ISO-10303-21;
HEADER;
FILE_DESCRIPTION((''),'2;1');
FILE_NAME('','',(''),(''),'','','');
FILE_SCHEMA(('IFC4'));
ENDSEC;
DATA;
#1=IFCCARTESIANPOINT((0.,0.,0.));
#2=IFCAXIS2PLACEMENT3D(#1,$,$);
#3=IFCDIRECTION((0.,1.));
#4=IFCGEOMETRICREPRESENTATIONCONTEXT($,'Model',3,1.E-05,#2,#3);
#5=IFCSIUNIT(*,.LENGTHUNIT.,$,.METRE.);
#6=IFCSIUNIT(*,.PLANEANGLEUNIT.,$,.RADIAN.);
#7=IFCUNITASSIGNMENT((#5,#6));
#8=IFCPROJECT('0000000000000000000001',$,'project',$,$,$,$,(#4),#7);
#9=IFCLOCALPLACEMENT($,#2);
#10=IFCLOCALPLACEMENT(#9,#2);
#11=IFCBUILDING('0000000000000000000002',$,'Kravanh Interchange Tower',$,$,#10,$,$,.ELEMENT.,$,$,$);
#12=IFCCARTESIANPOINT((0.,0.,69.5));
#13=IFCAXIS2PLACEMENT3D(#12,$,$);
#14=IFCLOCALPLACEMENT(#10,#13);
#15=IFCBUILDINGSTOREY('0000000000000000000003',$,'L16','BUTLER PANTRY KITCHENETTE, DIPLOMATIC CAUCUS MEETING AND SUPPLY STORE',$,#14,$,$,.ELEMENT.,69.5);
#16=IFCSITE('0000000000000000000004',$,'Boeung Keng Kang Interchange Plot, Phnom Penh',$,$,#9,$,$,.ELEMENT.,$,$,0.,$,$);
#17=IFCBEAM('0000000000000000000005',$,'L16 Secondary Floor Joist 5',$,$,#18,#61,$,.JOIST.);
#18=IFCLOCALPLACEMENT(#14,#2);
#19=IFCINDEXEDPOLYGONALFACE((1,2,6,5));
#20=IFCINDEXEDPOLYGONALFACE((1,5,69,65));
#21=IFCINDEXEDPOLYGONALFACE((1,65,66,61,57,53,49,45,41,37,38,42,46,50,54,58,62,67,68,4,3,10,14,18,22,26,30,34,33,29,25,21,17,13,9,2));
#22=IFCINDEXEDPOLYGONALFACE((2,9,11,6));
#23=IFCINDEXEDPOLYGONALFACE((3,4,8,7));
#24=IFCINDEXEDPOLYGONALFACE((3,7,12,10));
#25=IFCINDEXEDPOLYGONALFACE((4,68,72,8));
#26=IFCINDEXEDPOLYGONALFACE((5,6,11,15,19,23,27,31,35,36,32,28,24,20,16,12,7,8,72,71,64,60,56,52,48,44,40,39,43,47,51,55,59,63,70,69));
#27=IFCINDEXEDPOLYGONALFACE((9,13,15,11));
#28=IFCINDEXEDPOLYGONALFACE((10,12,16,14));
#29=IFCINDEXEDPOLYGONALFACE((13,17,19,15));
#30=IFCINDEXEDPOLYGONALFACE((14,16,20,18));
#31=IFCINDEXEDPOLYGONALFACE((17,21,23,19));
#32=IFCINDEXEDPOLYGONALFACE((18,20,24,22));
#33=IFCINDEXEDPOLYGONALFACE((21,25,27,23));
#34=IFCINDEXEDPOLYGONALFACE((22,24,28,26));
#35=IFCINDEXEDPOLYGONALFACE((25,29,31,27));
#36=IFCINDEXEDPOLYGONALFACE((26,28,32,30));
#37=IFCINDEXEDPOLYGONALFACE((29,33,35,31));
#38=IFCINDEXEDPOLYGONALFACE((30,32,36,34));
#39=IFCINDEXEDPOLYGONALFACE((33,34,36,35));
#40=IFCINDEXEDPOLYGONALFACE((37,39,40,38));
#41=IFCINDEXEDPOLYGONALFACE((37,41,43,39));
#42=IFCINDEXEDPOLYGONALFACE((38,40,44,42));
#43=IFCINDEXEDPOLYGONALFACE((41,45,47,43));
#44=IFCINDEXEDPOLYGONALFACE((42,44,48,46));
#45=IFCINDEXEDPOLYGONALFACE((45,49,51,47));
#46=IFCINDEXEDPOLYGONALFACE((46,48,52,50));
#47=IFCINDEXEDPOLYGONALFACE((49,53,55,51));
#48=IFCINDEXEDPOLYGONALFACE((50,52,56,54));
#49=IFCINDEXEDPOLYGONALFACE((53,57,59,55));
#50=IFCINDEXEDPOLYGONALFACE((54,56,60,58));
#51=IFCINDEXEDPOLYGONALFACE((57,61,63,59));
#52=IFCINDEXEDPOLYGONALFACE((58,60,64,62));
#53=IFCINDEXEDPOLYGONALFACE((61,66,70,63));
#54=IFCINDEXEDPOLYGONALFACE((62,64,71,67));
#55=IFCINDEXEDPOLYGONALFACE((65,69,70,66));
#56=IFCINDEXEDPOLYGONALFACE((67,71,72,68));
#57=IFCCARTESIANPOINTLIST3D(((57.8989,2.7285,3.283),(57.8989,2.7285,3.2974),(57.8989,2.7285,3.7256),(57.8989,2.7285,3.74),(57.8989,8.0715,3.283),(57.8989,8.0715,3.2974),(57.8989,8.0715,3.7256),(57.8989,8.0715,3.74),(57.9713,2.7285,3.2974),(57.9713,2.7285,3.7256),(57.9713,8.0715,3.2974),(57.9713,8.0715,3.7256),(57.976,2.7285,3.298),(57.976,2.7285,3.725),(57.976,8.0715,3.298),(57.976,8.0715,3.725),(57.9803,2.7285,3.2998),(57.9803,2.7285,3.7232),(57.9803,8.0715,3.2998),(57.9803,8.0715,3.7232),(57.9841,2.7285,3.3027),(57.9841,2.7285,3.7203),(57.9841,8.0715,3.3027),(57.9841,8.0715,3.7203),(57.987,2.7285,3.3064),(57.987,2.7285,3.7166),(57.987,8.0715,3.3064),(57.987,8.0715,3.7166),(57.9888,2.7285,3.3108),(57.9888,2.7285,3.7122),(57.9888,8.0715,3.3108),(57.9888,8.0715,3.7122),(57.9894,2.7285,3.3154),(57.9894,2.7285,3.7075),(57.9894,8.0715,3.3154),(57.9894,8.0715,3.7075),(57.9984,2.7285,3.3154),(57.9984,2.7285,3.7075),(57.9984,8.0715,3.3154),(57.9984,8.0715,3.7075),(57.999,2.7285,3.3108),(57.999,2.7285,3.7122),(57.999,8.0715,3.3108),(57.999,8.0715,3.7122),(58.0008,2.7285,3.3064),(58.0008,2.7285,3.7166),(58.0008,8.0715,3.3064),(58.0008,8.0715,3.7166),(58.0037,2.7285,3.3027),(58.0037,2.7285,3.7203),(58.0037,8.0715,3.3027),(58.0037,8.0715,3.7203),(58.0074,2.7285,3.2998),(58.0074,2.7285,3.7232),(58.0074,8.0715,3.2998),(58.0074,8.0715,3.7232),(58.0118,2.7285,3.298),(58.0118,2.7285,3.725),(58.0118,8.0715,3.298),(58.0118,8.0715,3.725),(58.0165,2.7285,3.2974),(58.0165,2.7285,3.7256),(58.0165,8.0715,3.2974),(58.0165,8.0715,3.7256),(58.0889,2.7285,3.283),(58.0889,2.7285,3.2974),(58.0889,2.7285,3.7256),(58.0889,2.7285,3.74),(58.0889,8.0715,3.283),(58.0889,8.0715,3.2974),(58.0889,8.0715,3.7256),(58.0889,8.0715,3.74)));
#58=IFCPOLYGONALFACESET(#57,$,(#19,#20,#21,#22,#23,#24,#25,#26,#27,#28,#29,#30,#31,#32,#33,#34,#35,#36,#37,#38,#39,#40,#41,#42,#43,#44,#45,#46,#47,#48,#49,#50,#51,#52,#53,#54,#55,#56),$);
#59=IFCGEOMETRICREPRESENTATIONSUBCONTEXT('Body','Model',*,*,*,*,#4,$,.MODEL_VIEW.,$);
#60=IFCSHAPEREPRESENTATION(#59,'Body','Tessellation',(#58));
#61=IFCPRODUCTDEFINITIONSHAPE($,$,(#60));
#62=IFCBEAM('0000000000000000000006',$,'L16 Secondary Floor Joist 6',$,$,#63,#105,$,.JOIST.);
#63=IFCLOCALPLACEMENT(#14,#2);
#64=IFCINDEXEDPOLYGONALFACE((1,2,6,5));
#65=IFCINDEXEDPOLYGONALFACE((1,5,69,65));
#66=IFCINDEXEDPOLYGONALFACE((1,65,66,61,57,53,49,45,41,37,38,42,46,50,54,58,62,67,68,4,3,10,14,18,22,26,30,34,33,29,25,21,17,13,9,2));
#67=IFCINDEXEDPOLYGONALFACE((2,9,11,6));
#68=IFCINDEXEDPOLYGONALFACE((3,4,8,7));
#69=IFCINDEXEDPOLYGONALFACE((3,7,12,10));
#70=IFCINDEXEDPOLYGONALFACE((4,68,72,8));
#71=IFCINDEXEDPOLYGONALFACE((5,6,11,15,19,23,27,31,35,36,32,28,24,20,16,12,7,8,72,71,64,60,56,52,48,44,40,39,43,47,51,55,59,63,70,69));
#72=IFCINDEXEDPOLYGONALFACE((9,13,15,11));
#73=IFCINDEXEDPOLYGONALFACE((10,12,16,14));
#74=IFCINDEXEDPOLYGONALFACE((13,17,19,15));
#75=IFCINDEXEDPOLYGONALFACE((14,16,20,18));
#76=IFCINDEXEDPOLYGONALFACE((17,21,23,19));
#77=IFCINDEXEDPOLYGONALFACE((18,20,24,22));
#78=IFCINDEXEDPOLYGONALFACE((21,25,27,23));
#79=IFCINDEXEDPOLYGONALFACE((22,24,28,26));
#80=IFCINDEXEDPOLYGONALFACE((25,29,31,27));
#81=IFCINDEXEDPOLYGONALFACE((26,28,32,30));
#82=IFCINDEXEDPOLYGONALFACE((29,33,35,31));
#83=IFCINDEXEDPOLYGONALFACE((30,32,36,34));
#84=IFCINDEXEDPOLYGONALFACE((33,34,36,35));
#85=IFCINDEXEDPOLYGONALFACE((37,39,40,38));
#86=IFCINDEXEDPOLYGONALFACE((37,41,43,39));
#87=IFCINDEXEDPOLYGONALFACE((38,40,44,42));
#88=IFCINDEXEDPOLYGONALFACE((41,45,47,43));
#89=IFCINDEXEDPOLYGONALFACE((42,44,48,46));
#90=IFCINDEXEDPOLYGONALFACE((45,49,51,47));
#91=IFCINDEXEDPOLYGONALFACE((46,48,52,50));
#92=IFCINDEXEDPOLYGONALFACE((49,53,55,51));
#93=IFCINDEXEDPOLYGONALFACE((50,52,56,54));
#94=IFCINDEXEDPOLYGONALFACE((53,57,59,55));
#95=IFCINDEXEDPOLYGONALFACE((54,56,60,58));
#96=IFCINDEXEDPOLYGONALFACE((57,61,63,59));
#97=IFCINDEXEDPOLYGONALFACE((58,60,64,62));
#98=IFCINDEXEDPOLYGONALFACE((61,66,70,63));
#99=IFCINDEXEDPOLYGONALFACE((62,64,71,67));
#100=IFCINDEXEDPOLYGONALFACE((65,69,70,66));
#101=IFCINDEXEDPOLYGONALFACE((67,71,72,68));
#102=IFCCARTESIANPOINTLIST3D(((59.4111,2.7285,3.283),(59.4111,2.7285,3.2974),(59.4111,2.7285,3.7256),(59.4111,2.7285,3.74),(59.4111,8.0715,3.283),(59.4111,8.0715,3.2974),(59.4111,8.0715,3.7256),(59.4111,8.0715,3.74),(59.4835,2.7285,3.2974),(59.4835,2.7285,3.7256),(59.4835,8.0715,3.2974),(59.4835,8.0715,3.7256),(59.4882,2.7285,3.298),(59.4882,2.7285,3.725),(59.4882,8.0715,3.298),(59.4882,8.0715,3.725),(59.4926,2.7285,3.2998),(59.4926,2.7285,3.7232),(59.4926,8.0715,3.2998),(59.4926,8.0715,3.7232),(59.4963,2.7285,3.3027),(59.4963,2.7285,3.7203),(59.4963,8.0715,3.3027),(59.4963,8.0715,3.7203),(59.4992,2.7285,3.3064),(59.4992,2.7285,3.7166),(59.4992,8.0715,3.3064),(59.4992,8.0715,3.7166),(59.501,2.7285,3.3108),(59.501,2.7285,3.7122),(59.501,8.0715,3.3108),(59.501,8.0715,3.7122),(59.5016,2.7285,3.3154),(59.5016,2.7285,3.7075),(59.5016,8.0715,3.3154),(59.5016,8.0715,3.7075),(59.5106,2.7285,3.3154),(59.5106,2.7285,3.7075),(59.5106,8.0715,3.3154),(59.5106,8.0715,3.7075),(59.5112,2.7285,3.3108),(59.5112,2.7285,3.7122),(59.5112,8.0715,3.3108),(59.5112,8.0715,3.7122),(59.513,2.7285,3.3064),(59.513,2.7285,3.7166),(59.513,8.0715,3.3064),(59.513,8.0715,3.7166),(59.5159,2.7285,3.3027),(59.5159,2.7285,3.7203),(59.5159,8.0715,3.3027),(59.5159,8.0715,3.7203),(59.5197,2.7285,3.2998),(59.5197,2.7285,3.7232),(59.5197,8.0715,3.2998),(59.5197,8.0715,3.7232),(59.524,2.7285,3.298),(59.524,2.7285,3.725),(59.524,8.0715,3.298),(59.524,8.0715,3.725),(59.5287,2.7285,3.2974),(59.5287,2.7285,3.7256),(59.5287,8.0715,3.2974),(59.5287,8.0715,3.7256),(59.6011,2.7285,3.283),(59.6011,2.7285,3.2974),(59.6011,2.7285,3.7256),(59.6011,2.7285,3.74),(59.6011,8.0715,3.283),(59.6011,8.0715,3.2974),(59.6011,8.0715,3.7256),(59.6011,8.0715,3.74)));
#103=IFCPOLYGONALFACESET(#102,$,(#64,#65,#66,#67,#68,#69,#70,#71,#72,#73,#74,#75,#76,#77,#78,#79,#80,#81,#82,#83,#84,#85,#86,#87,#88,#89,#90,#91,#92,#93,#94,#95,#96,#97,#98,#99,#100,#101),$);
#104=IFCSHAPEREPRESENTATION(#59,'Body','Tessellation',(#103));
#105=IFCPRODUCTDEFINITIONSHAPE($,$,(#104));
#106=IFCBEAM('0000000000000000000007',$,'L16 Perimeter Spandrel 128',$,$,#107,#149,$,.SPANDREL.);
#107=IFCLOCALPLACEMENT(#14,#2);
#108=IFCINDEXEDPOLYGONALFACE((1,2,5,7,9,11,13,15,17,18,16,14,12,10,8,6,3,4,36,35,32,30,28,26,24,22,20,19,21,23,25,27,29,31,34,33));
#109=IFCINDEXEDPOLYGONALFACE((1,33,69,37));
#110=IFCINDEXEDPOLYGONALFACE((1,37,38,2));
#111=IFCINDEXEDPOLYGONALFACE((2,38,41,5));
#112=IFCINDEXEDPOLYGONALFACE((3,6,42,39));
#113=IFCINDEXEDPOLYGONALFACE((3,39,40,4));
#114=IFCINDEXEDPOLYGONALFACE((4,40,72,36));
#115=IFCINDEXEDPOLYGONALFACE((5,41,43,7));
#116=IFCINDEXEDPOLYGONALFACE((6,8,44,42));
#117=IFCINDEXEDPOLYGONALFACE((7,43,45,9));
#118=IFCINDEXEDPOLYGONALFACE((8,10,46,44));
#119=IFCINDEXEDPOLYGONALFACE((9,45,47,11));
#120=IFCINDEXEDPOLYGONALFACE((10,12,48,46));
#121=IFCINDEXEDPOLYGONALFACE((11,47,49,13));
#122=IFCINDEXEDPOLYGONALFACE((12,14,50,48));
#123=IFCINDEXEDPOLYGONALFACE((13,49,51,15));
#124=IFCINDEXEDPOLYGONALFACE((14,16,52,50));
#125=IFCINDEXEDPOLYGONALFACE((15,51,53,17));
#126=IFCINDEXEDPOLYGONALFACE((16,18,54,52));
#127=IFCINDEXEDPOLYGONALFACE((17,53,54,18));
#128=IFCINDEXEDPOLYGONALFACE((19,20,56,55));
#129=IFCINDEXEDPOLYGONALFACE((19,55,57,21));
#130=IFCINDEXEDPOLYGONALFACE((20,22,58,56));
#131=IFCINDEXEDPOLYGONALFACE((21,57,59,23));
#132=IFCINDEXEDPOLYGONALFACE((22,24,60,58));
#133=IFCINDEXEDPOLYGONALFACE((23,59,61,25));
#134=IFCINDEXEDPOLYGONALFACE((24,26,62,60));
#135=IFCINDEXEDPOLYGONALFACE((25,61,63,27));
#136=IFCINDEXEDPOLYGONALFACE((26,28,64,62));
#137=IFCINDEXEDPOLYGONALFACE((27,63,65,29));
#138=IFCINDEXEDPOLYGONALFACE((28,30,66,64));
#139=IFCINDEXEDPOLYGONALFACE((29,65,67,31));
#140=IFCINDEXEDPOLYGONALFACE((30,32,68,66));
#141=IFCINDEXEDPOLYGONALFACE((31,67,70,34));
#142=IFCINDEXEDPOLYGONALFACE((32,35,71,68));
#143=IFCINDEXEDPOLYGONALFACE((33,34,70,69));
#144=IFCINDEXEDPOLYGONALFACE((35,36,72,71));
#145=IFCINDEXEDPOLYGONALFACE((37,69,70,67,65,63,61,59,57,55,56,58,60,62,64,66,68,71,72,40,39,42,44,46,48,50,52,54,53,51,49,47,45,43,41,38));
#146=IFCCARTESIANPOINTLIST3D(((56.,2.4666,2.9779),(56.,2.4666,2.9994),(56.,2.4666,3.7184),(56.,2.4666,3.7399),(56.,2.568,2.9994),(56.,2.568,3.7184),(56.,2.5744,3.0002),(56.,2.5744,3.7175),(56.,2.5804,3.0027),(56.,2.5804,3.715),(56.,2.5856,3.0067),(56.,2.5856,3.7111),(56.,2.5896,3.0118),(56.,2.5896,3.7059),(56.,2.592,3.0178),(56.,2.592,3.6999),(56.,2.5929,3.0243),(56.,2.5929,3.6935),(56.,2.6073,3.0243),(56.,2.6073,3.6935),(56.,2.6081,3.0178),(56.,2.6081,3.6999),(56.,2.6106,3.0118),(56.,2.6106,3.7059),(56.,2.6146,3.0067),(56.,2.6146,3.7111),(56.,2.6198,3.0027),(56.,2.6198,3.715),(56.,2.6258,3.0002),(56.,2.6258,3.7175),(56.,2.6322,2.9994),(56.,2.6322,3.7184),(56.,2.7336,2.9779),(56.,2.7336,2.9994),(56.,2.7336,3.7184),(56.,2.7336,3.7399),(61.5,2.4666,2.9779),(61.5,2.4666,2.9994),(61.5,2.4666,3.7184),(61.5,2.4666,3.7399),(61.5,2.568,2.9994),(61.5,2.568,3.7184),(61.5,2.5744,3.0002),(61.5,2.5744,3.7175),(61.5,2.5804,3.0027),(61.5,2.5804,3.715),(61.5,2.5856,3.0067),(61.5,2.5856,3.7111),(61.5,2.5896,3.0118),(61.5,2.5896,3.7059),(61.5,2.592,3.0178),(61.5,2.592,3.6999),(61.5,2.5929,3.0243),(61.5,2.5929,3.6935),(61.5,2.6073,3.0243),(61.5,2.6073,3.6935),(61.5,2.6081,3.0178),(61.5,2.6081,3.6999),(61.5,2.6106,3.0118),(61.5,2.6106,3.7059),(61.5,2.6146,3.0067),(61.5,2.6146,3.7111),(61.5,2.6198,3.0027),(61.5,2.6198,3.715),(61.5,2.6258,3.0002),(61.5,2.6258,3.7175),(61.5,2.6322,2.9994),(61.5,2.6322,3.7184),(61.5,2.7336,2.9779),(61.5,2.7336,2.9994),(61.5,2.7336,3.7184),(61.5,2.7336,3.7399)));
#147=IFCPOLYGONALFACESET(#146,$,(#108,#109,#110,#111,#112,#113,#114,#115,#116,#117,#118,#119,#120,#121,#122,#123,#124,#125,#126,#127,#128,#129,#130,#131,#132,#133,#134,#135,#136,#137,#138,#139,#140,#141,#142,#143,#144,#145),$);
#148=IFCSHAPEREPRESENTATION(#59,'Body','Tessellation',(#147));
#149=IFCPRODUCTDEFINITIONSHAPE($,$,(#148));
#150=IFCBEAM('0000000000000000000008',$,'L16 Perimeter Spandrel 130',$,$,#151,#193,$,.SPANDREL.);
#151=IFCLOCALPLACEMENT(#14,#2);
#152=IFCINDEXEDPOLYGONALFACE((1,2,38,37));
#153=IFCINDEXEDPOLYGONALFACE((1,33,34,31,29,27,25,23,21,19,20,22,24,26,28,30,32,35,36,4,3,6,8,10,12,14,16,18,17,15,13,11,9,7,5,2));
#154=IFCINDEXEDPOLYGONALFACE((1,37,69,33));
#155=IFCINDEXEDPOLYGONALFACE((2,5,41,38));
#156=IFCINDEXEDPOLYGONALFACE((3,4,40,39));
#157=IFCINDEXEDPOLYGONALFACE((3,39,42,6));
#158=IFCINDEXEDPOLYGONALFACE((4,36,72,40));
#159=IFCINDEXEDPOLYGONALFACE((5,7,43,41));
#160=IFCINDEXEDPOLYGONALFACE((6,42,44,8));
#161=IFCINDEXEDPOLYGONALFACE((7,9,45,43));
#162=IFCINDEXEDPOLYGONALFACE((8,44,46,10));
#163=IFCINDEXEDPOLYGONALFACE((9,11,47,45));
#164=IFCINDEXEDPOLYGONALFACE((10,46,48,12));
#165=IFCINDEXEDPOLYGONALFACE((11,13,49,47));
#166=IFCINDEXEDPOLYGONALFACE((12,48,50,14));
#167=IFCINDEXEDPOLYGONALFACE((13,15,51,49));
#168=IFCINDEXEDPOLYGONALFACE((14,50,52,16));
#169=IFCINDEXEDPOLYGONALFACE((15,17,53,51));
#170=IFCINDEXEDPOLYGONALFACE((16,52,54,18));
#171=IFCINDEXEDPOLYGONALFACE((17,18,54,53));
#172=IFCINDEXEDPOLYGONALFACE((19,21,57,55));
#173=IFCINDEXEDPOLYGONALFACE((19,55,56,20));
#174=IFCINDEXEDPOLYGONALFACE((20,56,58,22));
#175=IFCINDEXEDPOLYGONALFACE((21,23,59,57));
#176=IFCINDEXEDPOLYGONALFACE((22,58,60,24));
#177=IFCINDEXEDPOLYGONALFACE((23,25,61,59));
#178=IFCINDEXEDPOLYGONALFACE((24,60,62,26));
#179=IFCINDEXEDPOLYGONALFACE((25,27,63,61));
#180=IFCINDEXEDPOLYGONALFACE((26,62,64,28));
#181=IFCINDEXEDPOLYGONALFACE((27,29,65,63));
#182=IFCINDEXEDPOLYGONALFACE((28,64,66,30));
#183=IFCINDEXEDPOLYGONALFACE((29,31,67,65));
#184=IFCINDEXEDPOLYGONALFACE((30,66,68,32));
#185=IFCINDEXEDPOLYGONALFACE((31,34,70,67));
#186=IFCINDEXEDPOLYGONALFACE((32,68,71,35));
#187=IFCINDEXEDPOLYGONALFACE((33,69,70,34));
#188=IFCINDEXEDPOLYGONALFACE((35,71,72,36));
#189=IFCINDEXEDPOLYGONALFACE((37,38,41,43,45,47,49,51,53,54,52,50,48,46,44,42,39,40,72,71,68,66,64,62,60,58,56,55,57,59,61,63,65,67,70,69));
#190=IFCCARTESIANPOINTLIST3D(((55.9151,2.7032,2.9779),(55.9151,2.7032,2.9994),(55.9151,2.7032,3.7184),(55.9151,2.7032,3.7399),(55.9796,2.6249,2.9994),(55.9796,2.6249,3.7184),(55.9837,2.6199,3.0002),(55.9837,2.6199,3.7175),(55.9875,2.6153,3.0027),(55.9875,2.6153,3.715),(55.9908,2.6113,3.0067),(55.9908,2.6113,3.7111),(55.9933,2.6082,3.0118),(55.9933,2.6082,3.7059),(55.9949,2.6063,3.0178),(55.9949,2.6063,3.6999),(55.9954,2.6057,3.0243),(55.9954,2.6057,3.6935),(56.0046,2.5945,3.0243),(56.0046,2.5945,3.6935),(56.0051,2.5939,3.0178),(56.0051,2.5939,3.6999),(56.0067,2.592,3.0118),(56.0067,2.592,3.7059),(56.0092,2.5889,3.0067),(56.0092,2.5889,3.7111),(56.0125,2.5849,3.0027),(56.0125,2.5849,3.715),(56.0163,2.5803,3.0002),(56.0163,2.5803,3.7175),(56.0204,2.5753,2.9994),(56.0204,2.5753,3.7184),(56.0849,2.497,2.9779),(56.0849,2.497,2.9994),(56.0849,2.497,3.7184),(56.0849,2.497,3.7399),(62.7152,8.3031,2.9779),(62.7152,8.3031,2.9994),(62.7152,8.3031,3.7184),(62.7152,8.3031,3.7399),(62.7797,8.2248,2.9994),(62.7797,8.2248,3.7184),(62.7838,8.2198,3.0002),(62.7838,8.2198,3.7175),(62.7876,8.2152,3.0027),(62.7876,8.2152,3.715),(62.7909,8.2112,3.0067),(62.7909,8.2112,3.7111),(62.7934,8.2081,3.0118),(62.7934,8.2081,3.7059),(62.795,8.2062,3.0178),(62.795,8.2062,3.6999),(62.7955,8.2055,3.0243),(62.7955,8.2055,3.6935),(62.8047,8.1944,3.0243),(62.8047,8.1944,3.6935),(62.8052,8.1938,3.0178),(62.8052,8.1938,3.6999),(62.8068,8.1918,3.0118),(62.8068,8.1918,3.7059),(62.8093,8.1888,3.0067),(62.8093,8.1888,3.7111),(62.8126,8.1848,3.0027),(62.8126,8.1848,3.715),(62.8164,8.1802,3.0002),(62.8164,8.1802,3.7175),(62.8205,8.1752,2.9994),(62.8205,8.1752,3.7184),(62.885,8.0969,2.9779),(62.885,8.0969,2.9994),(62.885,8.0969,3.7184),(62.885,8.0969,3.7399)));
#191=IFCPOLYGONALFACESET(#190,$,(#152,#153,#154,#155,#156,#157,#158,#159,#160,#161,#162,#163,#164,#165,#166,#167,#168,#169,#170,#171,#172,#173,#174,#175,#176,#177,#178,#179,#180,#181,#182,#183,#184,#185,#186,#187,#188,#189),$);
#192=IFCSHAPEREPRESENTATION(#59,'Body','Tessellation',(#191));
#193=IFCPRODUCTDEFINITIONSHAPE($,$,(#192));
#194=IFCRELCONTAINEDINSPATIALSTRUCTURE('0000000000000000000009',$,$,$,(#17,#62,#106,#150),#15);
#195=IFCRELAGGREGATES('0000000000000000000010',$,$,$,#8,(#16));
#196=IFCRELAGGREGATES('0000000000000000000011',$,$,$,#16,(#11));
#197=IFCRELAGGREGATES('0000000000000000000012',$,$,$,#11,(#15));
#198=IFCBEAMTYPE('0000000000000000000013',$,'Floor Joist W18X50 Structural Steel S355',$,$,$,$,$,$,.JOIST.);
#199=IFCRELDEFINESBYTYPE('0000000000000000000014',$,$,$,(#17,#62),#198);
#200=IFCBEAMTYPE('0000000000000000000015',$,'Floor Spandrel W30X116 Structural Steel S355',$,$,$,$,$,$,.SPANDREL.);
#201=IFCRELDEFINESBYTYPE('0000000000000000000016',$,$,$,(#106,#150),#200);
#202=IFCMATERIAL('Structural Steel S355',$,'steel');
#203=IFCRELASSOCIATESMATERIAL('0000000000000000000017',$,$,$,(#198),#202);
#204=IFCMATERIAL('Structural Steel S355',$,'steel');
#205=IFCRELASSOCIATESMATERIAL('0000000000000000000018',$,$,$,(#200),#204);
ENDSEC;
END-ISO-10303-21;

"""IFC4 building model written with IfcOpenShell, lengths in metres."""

from ifc_helpers import new_model, si_unit, direction, frame, origin, origin_2d, place, context, subcontext, project, spatial, i_section, extrude, material, material_profile, profile_set, type_object, element, save


model = new_model("IFC4")

# Units and contexts
model_context = context("Model", 3, precision=1e-05, world=origin(), true_north=direction((0.0, 1.0)))
body_context = subcontext(model_context, "Body", "Model", "MODEL_VIEW")
ifc_project = project(units=[si_unit("LENGTHUNIT", "METRE"), si_unit("PLANEANGLEUNIT", "RADIAN")], contexts=[model_context])

# Site, building, storey
site_placement = place(None, origin())
site = spatial("IfcSite", under=ifc_project, at=site_placement, Name="Boeung Keng Kang Interchange Plot, Phnom Penh", CompositionType="ELEMENT", RefElevation=0.0)
building_placement = place(site_placement, origin())
building = spatial("IfcBuilding", under=site, at=building_placement, Name="Kravanh Interchange Tower", CompositionType="ELEMENT")
storey_placement = place(building_placement, frame((0.0, 0.0, 69.5)))
storey = spatial("IfcBuildingStorey", under=building, at=storey_placement, Name="L16", Description="BUTLER PANTRY KITCHENETTE, DIPLOMATIC CAUCUS MEETING AND SUPPLY STORE", CompositionType="ELEMENT", Elevation=69.5)

# Beams
ifc_material_1 = material(Name="Structural Steel S355", Category="steel")
ifc_material_profile_1 = material_profile(ifc_material_1, i_section(OverallWidth=0.1899, OverallDepth=0.457, WebThickness=0.009, FlangeThickness=0.0144, FilletRadius=0.0181, at=origin_2d()), Name="W18X50")
ifc_profile_set_1 = profile_set([ifc_material_profile_1], Name="Structural Steel S355")
beam_type_1 = type_object("IfcBeamType", Name="Floor Joist W18X50 Structural Steel S355", PredefinedType="JOIST", material=ifc_profile_set_1)
for number, where, z_axis, x_axis, name in (
    (1, (57.9939, 2.7285, 3.5115), (0.0, 1.0, 0.0), (-1.0, 0.0, 0.0), "L16 Secondary Floor Joist 5"),
    (2, (59.5061, 2.7285, 3.5115), (0.0, 1.0, 0.0), (-1.0, 0.0, 0.0), "L16 Secondary Floor Joist 6"),
):
    element("IfcBeam", number, at=place(storey_placement, frame(where, z_axis=z_axis, x_axis=x_axis)), inside=storey, type_object=beam_type_1, Name=name, PredefinedType="JOIST", context=body_context, shape_type="SweptSolid", body=[
        extrude(i_section(OverallWidth=0.1899, OverallDepth=0.457, WebThickness=0.009, FlangeThickness=0.0144, FilletRadius=0.0181, at=origin_2d()), origin(), (0.0, 0.0, 1.0), 5.343),
    ])
ifc_material_2 = material(Name="Structural Steel S355", Category="steel")
ifc_material_profile_2 = material_profile(ifc_material_2, i_section(OverallWidth=0.2671, OverallDepth=0.762, WebThickness=0.0144, FlangeThickness=0.0215, FilletRadius=0.0249, at=origin_2d()), Name="W30X116")
ifc_profile_set_2 = profile_set([ifc_material_profile_2], Name="Structural Steel S355")
beam_type_2 = type_object("IfcBeamType", Name="Floor Spandrel W30X116 Structural Steel S355", PredefinedType="SPANDREL", material=ifc_profile_set_2)
beam_1_placement = place(storey_placement, frame((56.0, 2.6001, 3.3589), z_axis=(1.0, 0.0, 0.0), x_axis=(0.0, 1.0, 0.0)))
element("IfcBeam", 3, at=beam_1_placement, inside=storey, type_object=beam_type_2, Name="L16 Perimeter Spandrel 128", PredefinedType="SPANDREL", context=body_context, shape_type="SweptSolid", body=[
    extrude(i_section(OverallWidth=0.2671, OverallDepth=0.762, WebThickness=0.0144, FlangeThickness=0.0215, FilletRadius=0.0249, at=origin_2d()), origin(), (0.0, 0.0, 1.0), 5.5),
])
beam_2_placement = place(storey_placement, frame((56.0, 2.6001, 3.3589), z_axis=(0.771941, 0.635695, 0.0), x_axis=(-0.635695, 0.771941, 0.0)))
element("IfcBeam", 4, at=beam_2_placement, inside=storey, type_object=beam_type_2, Name="L16 Perimeter Spandrel 130", PredefinedType="SPANDREL", context=body_context, shape_type="SweptSolid", body=[
    extrude(i_section(OverallWidth=0.2671, OverallDepth=0.762, WebThickness=0.0144, FlangeThickness=0.0215, FilletRadius=0.0249, at=origin_2d()), origin(), (0.0, 0.0, 1.0), 8.8091),
])

save(model, "model.ifc")
